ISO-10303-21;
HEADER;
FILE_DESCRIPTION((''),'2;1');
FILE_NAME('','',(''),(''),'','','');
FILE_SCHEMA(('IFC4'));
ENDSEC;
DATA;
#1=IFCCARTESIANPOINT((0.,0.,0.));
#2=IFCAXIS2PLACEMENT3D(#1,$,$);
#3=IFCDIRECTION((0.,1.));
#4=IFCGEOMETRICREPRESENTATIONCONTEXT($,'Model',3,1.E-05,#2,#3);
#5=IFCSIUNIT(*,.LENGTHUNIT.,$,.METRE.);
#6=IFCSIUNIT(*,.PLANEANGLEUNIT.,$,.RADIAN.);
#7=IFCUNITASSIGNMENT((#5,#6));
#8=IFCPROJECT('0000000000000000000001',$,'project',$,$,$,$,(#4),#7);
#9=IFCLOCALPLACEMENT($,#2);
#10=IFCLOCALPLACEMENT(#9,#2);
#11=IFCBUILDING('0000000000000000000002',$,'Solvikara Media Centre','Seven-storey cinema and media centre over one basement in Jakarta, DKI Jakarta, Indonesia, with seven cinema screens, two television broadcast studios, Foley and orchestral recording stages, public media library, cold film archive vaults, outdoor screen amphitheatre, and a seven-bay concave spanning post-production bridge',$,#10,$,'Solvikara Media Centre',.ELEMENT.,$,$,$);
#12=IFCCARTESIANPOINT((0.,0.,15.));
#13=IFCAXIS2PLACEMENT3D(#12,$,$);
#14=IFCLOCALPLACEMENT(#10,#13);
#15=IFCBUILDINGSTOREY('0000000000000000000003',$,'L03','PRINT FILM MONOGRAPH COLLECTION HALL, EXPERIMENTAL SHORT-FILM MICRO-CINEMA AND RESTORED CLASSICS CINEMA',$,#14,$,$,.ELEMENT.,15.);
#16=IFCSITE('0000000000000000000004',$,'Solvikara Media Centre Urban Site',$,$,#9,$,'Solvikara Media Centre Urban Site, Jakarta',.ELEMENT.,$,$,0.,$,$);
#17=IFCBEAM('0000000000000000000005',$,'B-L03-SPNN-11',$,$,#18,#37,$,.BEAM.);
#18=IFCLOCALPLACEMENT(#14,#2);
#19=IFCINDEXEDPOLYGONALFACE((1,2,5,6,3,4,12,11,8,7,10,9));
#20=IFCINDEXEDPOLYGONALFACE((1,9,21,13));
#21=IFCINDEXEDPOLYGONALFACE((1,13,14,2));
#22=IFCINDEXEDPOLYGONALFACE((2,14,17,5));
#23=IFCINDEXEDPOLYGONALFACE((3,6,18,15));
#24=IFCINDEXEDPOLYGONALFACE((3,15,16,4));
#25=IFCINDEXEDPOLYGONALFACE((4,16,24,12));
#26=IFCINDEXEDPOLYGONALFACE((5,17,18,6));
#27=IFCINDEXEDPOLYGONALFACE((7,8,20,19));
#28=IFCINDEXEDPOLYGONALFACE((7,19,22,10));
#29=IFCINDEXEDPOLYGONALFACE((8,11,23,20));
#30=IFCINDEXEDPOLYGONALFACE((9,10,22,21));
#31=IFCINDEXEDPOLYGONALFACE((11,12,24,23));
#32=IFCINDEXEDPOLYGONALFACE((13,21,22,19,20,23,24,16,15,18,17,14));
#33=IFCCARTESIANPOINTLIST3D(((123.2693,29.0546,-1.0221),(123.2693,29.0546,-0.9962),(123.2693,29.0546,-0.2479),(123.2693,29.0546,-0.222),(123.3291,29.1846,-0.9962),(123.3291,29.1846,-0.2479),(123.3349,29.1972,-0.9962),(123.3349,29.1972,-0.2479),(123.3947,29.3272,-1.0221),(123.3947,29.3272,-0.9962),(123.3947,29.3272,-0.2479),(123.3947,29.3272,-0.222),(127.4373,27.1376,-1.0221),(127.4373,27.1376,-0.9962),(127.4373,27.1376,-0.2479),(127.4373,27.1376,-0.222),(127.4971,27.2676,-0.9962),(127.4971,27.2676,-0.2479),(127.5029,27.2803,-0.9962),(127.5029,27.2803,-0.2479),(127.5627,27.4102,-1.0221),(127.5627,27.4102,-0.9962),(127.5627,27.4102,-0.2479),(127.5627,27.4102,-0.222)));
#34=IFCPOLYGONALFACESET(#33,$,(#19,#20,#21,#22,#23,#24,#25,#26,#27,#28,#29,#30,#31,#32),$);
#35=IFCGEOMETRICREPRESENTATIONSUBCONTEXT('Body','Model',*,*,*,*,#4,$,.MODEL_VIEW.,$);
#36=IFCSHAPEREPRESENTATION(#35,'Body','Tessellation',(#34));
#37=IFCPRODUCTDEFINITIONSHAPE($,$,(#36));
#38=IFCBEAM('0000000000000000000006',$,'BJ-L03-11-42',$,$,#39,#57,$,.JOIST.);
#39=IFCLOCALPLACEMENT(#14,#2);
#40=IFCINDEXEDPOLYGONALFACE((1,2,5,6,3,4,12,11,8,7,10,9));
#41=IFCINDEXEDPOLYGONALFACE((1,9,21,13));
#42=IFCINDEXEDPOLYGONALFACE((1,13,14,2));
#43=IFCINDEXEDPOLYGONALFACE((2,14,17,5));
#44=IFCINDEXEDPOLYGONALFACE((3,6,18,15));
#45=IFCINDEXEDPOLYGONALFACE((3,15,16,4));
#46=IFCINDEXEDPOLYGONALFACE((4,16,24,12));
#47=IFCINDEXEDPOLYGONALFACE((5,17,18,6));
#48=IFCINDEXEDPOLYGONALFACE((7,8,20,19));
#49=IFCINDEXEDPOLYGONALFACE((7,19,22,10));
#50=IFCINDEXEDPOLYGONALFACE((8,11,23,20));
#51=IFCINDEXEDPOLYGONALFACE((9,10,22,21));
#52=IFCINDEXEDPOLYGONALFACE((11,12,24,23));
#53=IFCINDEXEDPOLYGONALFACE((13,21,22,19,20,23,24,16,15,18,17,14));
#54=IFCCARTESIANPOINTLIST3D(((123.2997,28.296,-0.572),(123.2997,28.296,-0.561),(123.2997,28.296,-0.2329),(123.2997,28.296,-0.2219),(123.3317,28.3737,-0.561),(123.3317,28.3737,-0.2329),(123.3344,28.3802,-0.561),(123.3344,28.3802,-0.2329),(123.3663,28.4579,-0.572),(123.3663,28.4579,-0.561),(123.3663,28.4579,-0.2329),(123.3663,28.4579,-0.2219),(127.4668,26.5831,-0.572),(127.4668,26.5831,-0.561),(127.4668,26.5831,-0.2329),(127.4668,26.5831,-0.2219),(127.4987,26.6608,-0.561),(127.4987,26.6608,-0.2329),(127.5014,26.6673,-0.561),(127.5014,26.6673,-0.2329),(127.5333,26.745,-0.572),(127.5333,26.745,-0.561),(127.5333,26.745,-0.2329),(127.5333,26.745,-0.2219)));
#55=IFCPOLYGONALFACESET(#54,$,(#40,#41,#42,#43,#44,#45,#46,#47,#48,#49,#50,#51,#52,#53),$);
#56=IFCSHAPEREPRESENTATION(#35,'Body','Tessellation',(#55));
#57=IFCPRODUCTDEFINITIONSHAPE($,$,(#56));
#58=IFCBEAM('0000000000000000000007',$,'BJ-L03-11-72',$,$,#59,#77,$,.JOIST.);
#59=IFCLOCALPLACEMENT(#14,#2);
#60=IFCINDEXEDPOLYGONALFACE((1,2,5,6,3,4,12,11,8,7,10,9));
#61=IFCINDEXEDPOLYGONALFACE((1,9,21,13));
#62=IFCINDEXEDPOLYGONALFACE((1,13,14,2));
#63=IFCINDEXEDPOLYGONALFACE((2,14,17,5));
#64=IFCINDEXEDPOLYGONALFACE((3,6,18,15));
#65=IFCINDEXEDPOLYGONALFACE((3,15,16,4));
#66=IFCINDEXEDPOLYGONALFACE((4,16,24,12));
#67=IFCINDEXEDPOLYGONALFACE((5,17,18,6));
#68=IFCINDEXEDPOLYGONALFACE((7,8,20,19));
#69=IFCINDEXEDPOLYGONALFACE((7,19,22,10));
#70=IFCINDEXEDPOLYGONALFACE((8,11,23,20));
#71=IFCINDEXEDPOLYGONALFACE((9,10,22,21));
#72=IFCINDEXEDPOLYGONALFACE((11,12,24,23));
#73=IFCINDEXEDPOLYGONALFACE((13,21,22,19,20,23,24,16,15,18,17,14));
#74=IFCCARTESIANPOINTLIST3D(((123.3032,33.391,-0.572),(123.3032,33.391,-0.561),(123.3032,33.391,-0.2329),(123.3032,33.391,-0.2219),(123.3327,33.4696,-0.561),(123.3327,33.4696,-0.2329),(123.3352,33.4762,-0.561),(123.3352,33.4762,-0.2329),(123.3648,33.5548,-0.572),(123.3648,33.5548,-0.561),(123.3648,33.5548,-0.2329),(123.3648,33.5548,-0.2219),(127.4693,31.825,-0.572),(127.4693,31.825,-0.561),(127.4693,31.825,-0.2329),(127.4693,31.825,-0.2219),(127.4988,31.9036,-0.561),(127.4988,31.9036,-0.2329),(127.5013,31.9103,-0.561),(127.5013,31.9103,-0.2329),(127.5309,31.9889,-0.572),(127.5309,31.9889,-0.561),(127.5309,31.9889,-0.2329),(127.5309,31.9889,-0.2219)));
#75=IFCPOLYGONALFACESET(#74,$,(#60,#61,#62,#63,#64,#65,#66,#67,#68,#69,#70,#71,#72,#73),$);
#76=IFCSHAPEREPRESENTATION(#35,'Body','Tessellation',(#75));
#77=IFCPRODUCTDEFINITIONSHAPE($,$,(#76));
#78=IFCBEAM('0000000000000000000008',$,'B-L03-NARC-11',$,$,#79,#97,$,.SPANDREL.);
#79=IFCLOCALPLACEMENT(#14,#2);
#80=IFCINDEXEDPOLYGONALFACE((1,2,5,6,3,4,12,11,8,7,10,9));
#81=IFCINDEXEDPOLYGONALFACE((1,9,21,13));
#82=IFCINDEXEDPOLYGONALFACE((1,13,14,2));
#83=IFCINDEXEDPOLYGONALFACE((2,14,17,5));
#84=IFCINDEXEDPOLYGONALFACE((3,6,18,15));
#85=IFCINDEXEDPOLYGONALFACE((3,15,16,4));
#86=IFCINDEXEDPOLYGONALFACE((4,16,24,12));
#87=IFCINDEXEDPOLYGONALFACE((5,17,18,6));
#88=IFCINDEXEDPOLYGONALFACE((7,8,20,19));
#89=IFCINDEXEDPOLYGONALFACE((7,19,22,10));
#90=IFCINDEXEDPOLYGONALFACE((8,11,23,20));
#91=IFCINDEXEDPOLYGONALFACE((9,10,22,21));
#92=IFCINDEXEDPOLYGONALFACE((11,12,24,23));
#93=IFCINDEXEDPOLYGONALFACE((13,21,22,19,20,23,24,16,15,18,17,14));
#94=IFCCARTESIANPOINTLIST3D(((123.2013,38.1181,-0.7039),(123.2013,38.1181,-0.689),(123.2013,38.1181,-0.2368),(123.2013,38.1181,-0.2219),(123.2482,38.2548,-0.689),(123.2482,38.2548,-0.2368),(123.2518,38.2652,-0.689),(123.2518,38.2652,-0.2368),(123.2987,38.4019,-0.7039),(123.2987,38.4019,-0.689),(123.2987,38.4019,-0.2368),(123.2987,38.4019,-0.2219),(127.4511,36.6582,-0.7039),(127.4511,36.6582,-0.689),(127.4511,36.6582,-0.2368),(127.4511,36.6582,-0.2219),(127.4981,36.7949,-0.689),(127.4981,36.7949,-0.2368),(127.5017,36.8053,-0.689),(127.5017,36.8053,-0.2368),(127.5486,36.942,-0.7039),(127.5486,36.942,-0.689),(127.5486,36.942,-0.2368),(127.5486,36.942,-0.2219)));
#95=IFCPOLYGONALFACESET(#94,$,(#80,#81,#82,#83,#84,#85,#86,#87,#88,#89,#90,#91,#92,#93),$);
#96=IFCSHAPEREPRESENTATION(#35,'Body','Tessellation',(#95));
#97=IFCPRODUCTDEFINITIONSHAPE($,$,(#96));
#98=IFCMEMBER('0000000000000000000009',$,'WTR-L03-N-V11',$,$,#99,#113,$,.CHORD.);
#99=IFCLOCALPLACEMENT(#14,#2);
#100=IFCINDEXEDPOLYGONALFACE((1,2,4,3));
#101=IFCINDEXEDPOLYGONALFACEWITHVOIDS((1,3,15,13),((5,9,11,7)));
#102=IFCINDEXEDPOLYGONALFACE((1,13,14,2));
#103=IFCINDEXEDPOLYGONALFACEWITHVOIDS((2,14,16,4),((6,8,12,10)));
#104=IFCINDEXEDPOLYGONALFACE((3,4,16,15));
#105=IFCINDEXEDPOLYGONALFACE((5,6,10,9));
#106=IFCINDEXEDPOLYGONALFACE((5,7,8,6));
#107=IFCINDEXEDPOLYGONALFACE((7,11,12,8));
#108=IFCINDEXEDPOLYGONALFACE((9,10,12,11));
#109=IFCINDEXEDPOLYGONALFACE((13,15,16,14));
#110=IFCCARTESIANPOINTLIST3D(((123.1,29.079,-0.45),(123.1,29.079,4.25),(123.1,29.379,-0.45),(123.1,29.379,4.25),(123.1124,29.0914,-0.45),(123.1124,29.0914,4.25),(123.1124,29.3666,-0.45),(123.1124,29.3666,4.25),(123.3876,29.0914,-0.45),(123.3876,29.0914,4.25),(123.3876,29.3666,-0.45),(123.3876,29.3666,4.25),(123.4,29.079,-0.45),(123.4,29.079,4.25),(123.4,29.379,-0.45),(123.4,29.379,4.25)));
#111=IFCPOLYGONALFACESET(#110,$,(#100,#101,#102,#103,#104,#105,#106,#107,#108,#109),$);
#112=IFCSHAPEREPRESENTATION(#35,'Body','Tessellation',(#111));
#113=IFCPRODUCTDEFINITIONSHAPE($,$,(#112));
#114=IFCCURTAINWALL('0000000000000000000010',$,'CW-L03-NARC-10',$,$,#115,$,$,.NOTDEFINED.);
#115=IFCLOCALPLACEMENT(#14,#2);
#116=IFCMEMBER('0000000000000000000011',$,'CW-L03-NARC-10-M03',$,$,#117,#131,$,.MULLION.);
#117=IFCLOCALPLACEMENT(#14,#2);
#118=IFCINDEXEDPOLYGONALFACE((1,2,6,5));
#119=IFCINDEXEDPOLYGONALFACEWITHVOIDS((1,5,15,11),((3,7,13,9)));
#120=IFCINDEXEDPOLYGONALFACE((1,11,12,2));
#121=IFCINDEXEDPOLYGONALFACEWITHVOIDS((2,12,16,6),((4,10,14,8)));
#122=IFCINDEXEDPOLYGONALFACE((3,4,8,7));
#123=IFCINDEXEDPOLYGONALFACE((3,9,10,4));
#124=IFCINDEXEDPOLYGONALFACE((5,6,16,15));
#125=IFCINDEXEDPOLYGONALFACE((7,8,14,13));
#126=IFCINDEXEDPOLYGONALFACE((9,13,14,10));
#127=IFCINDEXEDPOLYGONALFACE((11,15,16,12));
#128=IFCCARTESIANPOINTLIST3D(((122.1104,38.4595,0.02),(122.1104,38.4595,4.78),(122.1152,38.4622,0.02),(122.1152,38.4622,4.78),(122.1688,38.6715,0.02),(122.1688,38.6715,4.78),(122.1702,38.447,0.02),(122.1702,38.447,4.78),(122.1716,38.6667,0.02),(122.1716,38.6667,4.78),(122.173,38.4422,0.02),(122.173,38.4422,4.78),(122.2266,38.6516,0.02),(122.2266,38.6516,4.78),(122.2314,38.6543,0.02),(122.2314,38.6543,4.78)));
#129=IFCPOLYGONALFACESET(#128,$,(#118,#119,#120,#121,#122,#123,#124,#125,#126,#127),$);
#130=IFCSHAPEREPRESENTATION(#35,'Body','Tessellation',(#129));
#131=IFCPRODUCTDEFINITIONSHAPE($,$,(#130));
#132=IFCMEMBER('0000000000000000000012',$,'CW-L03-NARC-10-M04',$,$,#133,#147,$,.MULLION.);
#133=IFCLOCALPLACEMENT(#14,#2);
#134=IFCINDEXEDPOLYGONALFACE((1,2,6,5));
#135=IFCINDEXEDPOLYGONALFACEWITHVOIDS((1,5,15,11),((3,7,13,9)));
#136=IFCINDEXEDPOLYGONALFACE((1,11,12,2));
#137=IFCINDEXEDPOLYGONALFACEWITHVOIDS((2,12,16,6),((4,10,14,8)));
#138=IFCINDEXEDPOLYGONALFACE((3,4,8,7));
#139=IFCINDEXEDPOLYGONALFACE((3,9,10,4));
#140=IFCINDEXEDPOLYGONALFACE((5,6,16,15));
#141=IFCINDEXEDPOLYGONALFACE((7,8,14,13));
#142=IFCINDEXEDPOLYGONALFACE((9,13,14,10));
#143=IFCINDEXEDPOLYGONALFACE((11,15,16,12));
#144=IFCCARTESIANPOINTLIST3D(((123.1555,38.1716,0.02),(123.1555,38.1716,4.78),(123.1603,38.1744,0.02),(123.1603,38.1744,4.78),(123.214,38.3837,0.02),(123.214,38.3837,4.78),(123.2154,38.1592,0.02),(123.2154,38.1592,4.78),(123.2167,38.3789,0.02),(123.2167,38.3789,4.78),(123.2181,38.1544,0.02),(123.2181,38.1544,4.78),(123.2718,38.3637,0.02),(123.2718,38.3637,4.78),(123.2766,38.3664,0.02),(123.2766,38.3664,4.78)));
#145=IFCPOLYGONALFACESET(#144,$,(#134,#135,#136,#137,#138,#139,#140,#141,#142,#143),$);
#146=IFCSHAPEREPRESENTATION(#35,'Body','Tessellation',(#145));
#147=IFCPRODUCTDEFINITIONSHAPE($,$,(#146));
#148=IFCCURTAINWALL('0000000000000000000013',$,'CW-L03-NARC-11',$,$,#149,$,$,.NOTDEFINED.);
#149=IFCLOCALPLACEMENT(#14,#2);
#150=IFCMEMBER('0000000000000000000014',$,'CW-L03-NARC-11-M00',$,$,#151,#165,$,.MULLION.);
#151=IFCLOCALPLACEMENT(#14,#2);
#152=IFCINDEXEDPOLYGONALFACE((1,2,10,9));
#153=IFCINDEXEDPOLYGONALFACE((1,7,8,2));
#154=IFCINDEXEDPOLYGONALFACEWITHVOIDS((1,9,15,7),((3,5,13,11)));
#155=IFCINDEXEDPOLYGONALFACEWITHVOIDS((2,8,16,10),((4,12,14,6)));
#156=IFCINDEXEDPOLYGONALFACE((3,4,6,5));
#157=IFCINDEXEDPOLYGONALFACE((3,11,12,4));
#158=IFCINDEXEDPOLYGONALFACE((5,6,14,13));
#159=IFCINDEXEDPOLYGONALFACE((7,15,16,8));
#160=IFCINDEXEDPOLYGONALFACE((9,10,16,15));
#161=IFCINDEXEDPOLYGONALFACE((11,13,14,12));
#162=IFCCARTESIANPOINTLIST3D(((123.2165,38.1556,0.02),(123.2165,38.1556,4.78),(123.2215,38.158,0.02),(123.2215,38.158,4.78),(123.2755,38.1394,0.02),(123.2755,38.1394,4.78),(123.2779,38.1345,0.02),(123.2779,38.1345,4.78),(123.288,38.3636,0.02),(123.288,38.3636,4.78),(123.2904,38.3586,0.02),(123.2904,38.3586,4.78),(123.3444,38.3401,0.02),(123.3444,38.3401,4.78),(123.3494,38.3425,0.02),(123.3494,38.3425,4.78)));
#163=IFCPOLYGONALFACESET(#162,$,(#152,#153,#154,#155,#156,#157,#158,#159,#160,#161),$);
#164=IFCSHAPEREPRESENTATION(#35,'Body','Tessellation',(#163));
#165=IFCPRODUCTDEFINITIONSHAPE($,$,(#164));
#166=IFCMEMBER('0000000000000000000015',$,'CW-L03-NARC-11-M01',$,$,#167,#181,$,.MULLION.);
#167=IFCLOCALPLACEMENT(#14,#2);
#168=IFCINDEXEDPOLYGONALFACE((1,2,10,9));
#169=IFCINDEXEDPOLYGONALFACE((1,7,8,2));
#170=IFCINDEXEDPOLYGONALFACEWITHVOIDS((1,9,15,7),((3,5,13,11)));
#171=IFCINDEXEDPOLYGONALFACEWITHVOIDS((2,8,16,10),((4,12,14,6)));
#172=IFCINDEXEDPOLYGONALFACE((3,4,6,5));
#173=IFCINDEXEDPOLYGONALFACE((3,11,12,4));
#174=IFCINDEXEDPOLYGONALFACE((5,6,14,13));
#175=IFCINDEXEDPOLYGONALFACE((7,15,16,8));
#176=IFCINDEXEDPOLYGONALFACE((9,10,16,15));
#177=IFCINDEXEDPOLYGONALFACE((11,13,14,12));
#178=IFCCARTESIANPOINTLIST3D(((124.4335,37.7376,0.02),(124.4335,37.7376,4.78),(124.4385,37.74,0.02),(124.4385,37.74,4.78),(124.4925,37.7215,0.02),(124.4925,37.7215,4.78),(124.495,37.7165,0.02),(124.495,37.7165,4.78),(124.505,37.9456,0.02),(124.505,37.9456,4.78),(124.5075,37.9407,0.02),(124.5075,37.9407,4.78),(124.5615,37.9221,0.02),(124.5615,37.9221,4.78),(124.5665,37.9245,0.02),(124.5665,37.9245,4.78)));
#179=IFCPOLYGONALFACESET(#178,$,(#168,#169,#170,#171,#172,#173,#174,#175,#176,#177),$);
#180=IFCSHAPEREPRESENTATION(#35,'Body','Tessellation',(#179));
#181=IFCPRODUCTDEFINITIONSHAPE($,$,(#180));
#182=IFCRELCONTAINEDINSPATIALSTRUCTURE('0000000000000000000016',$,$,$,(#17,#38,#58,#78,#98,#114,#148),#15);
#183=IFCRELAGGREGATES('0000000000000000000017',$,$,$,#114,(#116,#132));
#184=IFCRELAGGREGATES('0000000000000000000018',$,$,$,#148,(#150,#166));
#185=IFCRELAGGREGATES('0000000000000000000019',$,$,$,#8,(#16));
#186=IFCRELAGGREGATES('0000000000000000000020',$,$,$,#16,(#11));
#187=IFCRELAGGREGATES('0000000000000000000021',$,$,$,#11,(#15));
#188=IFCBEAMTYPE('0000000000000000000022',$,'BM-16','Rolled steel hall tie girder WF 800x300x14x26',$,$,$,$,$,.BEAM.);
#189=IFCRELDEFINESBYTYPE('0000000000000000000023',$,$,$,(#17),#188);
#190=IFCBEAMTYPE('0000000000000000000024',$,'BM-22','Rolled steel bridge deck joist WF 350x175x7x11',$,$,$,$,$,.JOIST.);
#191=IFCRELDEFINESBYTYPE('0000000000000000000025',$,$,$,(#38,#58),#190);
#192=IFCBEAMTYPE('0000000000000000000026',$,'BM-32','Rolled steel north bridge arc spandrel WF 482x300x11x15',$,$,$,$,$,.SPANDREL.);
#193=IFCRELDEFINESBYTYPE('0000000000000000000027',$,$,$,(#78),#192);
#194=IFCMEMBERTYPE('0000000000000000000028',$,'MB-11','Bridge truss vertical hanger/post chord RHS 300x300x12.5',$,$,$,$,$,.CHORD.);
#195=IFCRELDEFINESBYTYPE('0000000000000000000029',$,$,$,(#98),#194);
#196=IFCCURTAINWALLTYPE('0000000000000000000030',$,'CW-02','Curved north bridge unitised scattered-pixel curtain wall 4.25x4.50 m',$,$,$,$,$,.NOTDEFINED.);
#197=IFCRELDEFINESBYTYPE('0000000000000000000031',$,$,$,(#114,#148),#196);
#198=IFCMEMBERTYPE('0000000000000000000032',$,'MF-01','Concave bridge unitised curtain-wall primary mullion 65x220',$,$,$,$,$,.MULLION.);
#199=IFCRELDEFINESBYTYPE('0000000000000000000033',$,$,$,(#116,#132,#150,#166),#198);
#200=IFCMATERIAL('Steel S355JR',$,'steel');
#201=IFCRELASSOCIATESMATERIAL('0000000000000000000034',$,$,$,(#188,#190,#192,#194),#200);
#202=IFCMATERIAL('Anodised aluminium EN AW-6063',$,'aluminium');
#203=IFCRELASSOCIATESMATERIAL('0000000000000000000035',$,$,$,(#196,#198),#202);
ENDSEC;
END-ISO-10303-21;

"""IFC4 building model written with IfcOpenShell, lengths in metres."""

from ifc_helpers import new_model, si_unit, direction, frame, origin, origin_2d, place, context, subcontext, project, spatial, hollow_rectangle, i_section, extrude, material, material_profile, profile_set, type_object, element, aggregate, save


model = new_model("IFC4")

# Units and contexts
model_context = context("Model", 3, precision=1e-05, world=origin(), true_north=direction((0.0, 1.0)))
body_context = subcontext(model_context, "Body", "Model", "MODEL_VIEW")
ifc_project = project(units=[si_unit("LENGTHUNIT", "METRE"), si_unit("PLANEANGLEUNIT", "RADIAN")], contexts=[model_context])

# Site, building, storey
site_placement = place(None, origin())
site = spatial("IfcSite", under=ifc_project, at=site_placement, Name="Solvikara Media Centre Urban Site", LongName="Solvikara Media Centre Urban Site, Jakarta", CompositionType="ELEMENT", RefElevation=0.0)
building_placement = place(site_placement, origin())
building = spatial("IfcBuilding", under=site, at=building_placement, Name="Solvikara Media Centre", Description="Seven-storey cinema and media centre over one basement in Jakarta, DKI Jakarta, Indonesia, with seven cinema screens, two television broadcast studios, Foley and orchestral recording stages, public media library, cold film archive vaults, outdoor screen amphitheatre, and a seven-bay concave spanning post-production bridge", LongName="Solvikara Media Centre", CompositionType="ELEMENT")
storey_placement = place(building_placement, frame((0.0, 0.0, 15.0)))
storey = spatial("IfcBuildingStorey", under=building, at=storey_placement, Name="L03", Description="PRINT FILM MONOGRAPH COLLECTION HALL, EXPERIMENTAL SHORT-FILM MICRO-CINEMA AND RESTORED CLASSICS CINEMA", CompositionType="ELEMENT", Elevation=15.0)

# Beams
ifc_material_1 = material(Name="Steel S355JR", Category="steel")
ifc_material_profile_1 = material_profile(ifc_material_1, i_section(OverallWidth=0.3, OverallDepth=0.8, WebThickness=0.0139, FlangeThickness=0.0259, at=origin_2d()), Name="WF 800x300x14x26")
ifc_profile_set_1 = profile_set([ifc_material_profile_1], Name="Steel S355JR")
beam_type_1 = type_object("IfcBeamType", Name="BM-16", Description="Rolled steel hall tie girder WF 800x300x14x26", PredefinedType="BEAM", material=ifc_profile_set_1)
beam_1_placement = place(storey_placement, frame((123.332, 29.1909, -0.6221), z_axis=(0.908513, -0.417856, 0.0), x_axis=(0.417856, 0.908513, 0.0)))
element("IfcBeam", 1, at=beam_1_placement, inside=storey, type_object=beam_type_1, Name="B-L03-SPNN-11", PredefinedType="BEAM", context=body_context, shape_type="SweptSolid", body=[
    extrude(i_section(OverallWidth=0.3, OverallDepth=0.8, WebThickness=0.0139, FlangeThickness=0.0259, at=origin_2d()), origin(), (0.0, 0.0, 1.0), 4.5876),
])
ifc_material_profile_2 = material_profile(ifc_material_1, i_section(OverallWidth=0.175, OverallDepth=0.3501, WebThickness=0.0071, FlangeThickness=0.011, at=origin_2d()), Name="WF 350x175x7x11")
ifc_profile_set_2 = profile_set([ifc_material_profile_2], Name="Steel S355JR")
beam_type_2 = type_object("IfcBeamType", Name="BM-22", Description="Rolled steel bridge deck joist WF 350x175x7x11", PredefinedType="JOIST", material=ifc_profile_set_2)
beam_2_placement = place(storey_placement, frame((123.333, 28.377, -0.397), z_axis=(0.924907, -0.380194, 0.0), x_axis=(0.380194, 0.924907, 0.0)))
element("IfcBeam", 2, at=beam_2_placement, inside=storey, type_object=beam_type_2, Name="BJ-L03-11-42", PredefinedType="JOIST", context=body_context, shape_type="SweptSolid", body=[
    extrude(i_section(OverallWidth=0.175, OverallDepth=0.3501, WebThickness=0.0071, FlangeThickness=0.011, at=origin_2d()), origin(), (0.0, 0.0, 1.0), 4.5054),
])
beam_3_placement = place(storey_placement, frame((123.334, 33.4729, -0.397), z_axis=(0.936058, -0.351845, 0.0), x_axis=(0.351845, 0.936058, 0.0)))
element("IfcBeam", 3, at=beam_3_placement, inside=storey, type_object=beam_type_2, Name="BJ-L03-11-72", PredefinedType="JOIST", context=body_context, shape_type="SweptSolid", body=[
    extrude(i_section(OverallWidth=0.175, OverallDepth=0.3501, WebThickness=0.0071, FlangeThickness=0.011, at=origin_2d()), origin(), (0.0, 0.0, 1.0), 4.4507),
])
ifc_material_profile_3 = material_profile(ifc_material_1, i_section(OverallWidth=0.3, OverallDepth=0.4819, WebThickness=0.011, FlangeThickness=0.0149, at=origin_2d()), Name="WF 482x300x11x15")
ifc_profile_set_3 = profile_set([ifc_material_profile_3], Name="Steel S355JR")
beam_type_3 = type_object("IfcBeamType", Name="BM-32", Description="Rolled steel north bridge arc spandrel WF 482x300x11x15", PredefinedType="SPANDREL", material=ifc_profile_set_3)
beam_4_placement = place(storey_placement, frame((123.25, 38.26, -0.4629), z_axis=(0.945753, -0.324885, 0.0), x_axis=(0.324885, 0.945753, 0.0)))
element("IfcBeam", 4, at=beam_4_placement, inside=storey, type_object=beam_type_3, Name="B-L03-NARC-11", PredefinedType="SPANDREL", context=body_context, shape_type="SweptSolid", body=[
    extrude(i_section(OverallWidth=0.3, OverallDepth=0.4819, WebThickness=0.011, FlangeThickness=0.0149, at=origin_2d()), origin(), (0.0, 0.0, 1.0), 4.4937),
])

# Member
ifc_material_profile_4 = material_profile(ifc_material_1, hollow_rectangle(XDim=0.3, YDim=0.3, WallThickness=0.0125, at=origin_2d()), Name="RHS 300x300x12.5")
ifc_profile_set_4 = profile_set([ifc_material_profile_4], Name="Steel S355JR")
member_type_1 = type_object("IfcMemberType", Name="MB-11", Description="Bridge truss vertical hanger/post chord RHS 300x300x12.5", PredefinedType="CHORD", material=ifc_profile_set_4)
member_1_placement = place(storey_placement, frame((123.25, 29.229, -0.45), z_axis=(0.0, 0.0, 1.0), x_axis=(1.0, 0.0, 0.0)))
element("IfcMember", 5, at=member_1_placement, inside=storey, type_object=member_type_1, Name="WTR-L03-N-V11", PredefinedType="CHORD", context=body_context, shape_type="SweptSolid", body=[
    extrude(hollow_rectangle(XDim=0.3, YDim=0.3, WallThickness=0.0125, at=origin_2d()), origin(), (0.0, 0.0, 1.0), 4.7),
])

# Curtain walls, members
ifc_material_2 = material(Name="Anodised aluminium EN AW-6063", Category="aluminium")
curtain_wall_type = type_object("IfcCurtainWallType", Name="CW-02", Description="Curved north bridge unitised scattered-pixel curtain wall 4.25x4.50 m", PredefinedType="NOTDEFINED", material=ifc_material_2)
curtain_wall_1_placement = place(storey_placement, origin())
curtain_wall_1 = element("IfcCurtainWall", 6, at=curtain_wall_1_placement, inside=storey, type_object=curtain_wall_type, Name="CW-L03-NARC-10", PredefinedType="NOTDEFINED")
ifc_material_profile_5 = material_profile(ifc_material_2, hollow_rectangle(XDim=0.0649, YDim=0.22, WallThickness=0.0039, at=origin_2d()), Name="ALU-M 65x220x4")
ifc_profile_set_5 = profile_set([ifc_material_profile_5], Name="Anodised aluminium EN AW-6063")
member_type_2 = type_object("IfcMemberType", Name="MF-01", Description="Concave bridge unitised curtain-wall primary mullion 65x220", PredefinedType="MULLION", material=ifc_profile_set_5)
member_2_placement = place(storey_placement, frame((122.1709, 38.5569, 0.02), z_axis=(0.0, 0.0, 1.0), x_axis=(0.96403, -0.265792, 0.0)))
member_2 = element("IfcMember", 7, at=member_2_placement, type_object=member_type_2, Name="CW-L03-NARC-10-M03", PredefinedType="MULLION", context=body_context, shape_type="SweptSolid", body=[
    extrude(hollow_rectangle(XDim=0.0649, YDim=0.22, WallThickness=0.0039, at=origin_2d()), origin(), (0.0, 0.0, 1.0), 4.76),
])
member_3_placement = place(storey_placement, frame((123.2161, 38.269, 0.02), z_axis=(0.0, 0.0, 1.0), x_axis=(0.96403, -0.265792, 0.0)))
member_3 = element("IfcMember", 8, at=member_3_placement, type_object=member_type_2, Name="CW-L03-NARC-10-M04", PredefinedType="MULLION", context=body_context, shape_type="SweptSolid", body=[
    extrude(hollow_rectangle(XDim=0.0649, YDim=0.22, WallThickness=0.0039, at=origin_2d()), origin(), (0.0, 0.0, 1.0), 4.76),
])
curtain_wall_2_placement = place(storey_placement, origin())
curtain_wall_2 = element("IfcCurtainWall", 9, at=curtain_wall_2_placement, inside=storey, type_object=curtain_wall_type, Name="CW-L03-NARC-11", PredefinedType="NOTDEFINED")
member_4_placement = place(storey_placement, frame((123.283, 38.249, 0.02), z_axis=(0.0, 0.0, 1.0), x_axis=(0.945717, -0.324991, 0.0)))
member_4 = element("IfcMember", 10, at=member_4_placement, type_object=member_type_2, Name="CW-L03-NARC-11-M00", PredefinedType="MULLION", context=body_context, shape_type="SweptSolid", body=[
    extrude(hollow_rectangle(XDim=0.0649, YDim=0.22, WallThickness=0.0039, at=origin_2d()), origin(), (0.0, 0.0, 1.0), 4.76),
])
member_5_placement = place(storey_placement, frame((124.5, 37.8311, 0.02), z_axis=(0.0, 0.0, 1.0), x_axis=(0.945717, -0.324991, 0.0)))
member_5 = element("IfcMember", 11, at=member_5_placement, type_object=member_type_2, Name="CW-L03-NARC-11-M01", PredefinedType="MULLION", context=body_context, shape_type="SweptSolid", body=[
    extrude(hollow_rectangle(XDim=0.0649, YDim=0.22, WallThickness=0.0039, at=origin_2d()), origin(), (0.0, 0.0, 1.0), 4.76),
])

aggregate(curtain_wall_1, [member_2, member_3])
aggregate(curtain_wall_2, [member_4, member_5])

save(model, "model.ifc")
